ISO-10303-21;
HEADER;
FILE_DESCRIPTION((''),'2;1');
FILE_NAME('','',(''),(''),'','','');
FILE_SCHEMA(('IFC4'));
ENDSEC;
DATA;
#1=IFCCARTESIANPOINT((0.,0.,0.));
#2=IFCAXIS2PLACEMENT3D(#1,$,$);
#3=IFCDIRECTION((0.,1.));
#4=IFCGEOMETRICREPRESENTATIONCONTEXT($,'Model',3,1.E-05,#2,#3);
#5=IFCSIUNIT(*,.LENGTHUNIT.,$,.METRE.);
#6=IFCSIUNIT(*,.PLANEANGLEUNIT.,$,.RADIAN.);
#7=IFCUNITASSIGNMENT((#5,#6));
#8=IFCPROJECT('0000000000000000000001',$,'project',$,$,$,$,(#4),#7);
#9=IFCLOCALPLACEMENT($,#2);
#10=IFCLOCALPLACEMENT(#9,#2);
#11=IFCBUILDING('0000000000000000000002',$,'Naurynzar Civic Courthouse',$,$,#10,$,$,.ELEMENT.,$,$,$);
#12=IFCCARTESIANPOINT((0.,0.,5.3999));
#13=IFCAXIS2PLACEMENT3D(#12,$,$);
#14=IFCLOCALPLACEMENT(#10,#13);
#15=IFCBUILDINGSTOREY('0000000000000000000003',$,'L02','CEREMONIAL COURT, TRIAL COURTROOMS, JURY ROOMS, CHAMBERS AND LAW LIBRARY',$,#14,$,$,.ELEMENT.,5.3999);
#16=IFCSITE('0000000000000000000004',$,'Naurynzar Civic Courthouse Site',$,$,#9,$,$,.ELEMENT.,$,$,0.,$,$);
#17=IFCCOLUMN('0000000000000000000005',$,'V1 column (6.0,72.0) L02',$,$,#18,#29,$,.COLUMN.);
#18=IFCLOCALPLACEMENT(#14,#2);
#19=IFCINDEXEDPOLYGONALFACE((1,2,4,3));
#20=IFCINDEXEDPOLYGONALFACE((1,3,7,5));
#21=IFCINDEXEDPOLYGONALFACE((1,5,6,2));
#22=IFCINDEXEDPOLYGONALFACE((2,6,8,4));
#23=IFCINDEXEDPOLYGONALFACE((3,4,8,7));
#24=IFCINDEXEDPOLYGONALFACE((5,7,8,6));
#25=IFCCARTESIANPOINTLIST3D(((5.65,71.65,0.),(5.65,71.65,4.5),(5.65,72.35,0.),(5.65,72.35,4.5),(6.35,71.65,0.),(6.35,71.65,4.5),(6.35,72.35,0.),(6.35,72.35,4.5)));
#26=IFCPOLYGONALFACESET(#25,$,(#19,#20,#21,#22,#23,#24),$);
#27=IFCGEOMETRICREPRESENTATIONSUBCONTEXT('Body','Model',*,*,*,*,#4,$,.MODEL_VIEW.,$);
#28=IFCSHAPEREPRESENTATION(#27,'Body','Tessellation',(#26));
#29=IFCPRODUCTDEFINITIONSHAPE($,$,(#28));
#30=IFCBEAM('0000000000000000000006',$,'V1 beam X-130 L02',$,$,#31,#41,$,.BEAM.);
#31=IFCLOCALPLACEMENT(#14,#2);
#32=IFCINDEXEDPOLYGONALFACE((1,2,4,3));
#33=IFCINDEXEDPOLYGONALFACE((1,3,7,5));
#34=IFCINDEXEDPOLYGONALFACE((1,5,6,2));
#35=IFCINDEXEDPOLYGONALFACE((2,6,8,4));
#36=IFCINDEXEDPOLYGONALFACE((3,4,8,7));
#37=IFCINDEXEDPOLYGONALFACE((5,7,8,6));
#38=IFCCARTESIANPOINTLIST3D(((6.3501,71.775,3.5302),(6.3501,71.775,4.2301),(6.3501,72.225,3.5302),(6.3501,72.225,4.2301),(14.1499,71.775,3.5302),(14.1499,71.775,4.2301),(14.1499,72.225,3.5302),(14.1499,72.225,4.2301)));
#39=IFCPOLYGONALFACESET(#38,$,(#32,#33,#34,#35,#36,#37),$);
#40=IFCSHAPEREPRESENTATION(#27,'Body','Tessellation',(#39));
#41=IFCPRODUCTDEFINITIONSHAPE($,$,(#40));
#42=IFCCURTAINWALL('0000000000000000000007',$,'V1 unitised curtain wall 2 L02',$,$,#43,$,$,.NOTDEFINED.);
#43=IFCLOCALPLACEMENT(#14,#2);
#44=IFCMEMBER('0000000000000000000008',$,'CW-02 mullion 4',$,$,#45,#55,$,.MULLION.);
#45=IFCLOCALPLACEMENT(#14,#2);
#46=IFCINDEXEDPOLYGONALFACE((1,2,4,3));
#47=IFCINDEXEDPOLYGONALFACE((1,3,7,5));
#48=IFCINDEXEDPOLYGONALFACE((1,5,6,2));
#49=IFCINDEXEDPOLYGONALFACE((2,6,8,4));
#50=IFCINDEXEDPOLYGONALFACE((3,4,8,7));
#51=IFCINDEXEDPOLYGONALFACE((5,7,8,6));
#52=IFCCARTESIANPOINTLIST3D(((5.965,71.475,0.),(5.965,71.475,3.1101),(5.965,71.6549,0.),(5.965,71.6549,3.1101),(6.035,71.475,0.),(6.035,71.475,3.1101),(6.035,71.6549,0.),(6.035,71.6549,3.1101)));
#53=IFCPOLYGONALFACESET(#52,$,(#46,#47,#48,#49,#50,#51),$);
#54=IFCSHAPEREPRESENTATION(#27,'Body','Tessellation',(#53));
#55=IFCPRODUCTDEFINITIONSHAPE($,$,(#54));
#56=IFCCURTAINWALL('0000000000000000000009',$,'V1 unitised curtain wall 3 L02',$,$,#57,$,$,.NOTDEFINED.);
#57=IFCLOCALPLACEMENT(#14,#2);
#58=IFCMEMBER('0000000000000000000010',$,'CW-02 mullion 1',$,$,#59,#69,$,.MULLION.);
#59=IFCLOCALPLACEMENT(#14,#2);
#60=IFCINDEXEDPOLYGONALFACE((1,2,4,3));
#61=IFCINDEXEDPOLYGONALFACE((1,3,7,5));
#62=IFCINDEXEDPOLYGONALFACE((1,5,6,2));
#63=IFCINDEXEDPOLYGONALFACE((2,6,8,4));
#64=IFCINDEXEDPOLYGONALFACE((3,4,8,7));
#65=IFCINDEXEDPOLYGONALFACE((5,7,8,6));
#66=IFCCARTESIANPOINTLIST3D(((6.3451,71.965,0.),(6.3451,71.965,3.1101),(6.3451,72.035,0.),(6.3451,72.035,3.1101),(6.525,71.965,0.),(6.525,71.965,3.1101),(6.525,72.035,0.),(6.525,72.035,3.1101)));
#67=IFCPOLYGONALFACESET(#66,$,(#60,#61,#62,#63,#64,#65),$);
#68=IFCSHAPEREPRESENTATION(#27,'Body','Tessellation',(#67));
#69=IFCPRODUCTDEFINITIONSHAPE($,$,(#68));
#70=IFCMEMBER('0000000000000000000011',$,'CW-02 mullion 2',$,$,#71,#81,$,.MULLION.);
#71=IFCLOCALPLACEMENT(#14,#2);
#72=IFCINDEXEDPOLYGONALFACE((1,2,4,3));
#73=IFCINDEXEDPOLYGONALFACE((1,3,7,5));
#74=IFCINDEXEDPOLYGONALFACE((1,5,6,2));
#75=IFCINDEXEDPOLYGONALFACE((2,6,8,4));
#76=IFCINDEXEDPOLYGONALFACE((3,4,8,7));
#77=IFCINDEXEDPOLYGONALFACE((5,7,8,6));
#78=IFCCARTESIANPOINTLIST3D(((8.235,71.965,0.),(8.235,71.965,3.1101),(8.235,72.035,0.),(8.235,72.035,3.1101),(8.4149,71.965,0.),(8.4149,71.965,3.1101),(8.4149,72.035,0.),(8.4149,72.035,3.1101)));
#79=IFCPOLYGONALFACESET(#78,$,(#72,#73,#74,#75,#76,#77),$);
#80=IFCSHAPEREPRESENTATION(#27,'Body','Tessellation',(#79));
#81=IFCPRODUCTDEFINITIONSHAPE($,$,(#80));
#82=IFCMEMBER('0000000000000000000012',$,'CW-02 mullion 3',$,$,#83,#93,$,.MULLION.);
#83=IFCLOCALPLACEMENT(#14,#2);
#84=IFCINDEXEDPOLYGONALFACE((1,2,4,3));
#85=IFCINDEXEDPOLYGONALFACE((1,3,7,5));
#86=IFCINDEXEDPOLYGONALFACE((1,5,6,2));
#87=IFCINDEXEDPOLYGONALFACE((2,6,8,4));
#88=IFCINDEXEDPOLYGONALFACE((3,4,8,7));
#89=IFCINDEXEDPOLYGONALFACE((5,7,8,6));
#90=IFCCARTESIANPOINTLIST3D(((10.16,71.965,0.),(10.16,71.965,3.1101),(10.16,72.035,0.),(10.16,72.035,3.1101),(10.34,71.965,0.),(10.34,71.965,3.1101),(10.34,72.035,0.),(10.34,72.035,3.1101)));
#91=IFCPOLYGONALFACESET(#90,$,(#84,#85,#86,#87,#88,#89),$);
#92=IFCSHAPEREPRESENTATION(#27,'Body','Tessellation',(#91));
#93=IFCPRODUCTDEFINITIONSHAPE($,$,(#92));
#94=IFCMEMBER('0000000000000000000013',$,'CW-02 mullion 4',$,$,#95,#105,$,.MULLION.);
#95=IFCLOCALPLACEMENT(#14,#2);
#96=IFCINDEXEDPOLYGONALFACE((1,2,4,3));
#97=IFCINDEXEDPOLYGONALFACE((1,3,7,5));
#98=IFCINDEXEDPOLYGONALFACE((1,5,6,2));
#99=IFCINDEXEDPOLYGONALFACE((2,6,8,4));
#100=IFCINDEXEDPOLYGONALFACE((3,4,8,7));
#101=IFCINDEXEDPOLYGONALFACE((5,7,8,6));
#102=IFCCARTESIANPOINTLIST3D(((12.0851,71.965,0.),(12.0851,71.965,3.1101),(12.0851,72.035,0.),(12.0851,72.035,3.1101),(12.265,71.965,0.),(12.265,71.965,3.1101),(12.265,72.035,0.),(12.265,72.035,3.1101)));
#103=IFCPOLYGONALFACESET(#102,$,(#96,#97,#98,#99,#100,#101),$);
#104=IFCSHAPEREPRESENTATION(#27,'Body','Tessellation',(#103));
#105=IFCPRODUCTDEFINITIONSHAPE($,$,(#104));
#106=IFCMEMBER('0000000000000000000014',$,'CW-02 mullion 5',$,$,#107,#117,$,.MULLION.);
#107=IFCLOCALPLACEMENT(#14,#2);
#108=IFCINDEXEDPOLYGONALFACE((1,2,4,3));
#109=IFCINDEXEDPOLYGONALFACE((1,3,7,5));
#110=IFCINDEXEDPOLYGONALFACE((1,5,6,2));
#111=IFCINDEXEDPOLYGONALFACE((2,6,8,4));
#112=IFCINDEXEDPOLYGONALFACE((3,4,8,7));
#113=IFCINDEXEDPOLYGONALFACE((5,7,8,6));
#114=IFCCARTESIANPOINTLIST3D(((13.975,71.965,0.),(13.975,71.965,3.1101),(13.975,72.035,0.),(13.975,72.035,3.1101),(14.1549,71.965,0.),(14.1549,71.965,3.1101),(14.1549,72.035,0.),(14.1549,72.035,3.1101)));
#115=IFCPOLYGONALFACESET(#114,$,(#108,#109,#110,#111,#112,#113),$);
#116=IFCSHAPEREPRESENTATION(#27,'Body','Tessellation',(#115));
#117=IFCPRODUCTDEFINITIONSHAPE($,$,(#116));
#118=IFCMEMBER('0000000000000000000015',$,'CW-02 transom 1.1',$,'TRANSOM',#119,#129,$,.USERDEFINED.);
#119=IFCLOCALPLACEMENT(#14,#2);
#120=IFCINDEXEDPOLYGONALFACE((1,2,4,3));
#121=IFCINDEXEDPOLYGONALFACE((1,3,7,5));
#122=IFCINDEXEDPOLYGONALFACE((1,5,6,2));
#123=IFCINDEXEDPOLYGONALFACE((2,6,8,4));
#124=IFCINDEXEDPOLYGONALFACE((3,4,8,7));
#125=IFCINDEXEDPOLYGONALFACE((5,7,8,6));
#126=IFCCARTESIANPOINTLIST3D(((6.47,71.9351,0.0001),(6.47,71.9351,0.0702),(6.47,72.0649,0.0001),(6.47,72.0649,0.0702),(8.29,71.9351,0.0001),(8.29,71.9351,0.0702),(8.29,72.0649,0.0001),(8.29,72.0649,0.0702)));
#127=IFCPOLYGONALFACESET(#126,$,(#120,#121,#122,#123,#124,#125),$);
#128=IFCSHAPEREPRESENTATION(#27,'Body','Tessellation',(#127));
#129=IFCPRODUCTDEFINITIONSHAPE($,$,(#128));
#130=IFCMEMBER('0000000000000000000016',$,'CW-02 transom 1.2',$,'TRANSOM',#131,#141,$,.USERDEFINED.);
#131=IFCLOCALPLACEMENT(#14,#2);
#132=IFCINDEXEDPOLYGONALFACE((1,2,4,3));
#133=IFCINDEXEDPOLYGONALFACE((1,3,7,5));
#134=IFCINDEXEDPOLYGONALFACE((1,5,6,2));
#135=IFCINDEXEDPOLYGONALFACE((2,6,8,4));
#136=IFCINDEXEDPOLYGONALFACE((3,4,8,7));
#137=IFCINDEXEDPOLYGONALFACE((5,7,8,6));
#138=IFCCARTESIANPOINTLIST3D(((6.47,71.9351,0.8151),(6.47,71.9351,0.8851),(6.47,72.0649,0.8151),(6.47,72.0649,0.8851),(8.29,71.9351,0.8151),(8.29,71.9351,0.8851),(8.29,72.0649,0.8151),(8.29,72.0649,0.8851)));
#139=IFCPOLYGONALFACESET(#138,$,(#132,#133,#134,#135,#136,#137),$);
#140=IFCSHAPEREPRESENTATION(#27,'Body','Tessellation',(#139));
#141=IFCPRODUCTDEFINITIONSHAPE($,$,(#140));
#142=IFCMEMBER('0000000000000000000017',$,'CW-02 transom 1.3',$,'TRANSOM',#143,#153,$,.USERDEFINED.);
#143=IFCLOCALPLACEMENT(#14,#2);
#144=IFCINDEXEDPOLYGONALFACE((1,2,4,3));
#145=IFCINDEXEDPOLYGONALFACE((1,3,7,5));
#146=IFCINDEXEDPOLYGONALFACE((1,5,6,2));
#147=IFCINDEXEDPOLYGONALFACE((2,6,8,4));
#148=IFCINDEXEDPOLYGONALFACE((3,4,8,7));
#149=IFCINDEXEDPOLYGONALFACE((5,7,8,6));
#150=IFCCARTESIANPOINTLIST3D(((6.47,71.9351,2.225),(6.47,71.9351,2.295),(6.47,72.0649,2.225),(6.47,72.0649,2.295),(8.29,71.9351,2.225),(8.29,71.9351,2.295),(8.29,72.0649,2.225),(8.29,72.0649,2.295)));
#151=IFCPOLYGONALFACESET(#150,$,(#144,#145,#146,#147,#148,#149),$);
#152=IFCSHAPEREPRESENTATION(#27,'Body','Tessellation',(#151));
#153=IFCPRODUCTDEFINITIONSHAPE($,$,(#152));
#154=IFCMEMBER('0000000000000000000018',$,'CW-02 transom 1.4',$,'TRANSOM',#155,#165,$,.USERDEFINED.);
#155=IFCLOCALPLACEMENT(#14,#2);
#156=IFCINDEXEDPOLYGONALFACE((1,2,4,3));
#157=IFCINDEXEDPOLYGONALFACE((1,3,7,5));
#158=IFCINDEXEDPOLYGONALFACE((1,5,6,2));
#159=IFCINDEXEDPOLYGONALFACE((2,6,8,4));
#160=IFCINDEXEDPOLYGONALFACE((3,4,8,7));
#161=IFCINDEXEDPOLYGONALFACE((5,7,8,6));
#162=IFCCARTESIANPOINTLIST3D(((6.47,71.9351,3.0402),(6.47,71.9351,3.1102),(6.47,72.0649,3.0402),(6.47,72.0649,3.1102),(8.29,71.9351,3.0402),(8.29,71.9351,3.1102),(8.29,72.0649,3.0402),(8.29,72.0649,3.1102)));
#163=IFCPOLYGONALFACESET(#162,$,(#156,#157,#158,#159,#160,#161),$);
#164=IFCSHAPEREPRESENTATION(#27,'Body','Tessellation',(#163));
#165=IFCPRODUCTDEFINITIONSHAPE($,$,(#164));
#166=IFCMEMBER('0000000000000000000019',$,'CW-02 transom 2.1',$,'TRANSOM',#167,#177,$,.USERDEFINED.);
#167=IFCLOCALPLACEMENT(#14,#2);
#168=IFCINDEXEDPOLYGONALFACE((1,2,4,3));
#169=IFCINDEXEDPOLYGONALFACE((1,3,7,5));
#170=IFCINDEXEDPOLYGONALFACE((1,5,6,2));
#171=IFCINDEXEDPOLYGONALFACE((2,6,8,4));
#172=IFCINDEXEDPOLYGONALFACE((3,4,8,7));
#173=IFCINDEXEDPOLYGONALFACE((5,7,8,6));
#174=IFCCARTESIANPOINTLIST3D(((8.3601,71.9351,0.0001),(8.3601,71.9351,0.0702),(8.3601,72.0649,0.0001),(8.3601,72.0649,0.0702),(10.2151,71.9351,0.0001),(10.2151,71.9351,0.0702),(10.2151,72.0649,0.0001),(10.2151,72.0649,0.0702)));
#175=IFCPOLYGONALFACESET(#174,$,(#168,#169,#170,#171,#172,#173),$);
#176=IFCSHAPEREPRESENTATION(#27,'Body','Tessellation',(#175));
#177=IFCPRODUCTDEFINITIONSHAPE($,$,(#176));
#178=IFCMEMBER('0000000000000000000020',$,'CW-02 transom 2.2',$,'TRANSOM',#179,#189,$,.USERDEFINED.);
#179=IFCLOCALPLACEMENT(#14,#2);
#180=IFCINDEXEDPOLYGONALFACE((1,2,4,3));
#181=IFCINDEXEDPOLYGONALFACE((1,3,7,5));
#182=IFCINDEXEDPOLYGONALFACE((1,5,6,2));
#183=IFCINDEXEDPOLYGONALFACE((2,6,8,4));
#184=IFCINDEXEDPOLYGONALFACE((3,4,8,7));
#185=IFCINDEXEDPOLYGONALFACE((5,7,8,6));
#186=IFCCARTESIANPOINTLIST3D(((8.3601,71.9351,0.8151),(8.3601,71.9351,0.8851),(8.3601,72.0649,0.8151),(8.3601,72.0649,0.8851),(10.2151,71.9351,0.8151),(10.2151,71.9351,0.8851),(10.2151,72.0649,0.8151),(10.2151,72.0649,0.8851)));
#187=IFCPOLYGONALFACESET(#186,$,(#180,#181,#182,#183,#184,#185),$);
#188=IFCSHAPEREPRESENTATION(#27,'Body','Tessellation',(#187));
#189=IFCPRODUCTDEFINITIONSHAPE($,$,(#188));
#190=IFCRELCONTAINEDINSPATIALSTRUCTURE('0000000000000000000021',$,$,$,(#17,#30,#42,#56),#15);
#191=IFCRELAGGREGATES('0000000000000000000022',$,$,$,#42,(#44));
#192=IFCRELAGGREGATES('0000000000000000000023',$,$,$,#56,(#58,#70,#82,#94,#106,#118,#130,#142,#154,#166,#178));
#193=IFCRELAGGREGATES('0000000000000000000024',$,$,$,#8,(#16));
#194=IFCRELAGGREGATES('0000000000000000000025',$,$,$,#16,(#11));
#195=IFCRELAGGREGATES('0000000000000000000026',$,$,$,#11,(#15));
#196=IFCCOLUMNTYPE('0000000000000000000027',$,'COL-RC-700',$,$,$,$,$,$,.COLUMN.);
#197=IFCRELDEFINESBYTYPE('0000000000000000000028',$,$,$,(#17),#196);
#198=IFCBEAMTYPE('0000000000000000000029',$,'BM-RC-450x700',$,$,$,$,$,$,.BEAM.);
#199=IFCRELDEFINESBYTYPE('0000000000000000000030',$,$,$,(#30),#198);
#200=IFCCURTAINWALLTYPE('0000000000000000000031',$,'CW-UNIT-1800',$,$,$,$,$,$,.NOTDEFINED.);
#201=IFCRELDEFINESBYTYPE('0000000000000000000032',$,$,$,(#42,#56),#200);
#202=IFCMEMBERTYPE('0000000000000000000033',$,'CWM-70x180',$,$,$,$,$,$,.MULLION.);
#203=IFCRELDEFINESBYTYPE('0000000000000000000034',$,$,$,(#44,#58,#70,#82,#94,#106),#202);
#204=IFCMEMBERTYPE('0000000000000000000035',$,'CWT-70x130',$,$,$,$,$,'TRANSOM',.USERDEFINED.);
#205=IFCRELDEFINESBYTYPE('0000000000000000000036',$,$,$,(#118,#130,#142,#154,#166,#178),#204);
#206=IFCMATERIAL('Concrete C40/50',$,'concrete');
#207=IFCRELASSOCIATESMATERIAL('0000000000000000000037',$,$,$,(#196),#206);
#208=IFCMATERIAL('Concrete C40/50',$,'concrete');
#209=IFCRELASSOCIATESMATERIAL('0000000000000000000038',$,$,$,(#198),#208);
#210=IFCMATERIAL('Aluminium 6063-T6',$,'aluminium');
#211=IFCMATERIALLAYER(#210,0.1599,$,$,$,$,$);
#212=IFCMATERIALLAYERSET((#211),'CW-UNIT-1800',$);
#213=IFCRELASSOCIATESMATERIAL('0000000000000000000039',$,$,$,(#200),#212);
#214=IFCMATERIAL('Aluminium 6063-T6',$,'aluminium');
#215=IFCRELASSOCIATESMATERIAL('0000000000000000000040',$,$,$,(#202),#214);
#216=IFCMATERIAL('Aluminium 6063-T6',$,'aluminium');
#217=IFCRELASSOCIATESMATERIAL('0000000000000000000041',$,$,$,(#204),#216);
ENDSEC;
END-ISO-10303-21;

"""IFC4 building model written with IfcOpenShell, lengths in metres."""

from ifc_helpers import new_model, si_unit, direction, frame, origin, origin_2d, place, context, subcontext, project, spatial, rectangle, extrude, material, layer, layer_set, material_profile, profile_set, type_object, element, aggregate, save


model = new_model("IFC4")

# Units and contexts
model_context = context("Model", 3, precision=1e-05, world=origin(), true_north=direction((0.0, 1.0)))
body_context = subcontext(model_context, "Body", "Model", "MODEL_VIEW")
ifc_project = project(units=[si_unit("LENGTHUNIT", "METRE"), si_unit("PLANEANGLEUNIT", "RADIAN")], contexts=[model_context])

# Site, building, storey
site_placement = place(None, origin())
site = spatial("IfcSite", under=ifc_project, at=site_placement, Name="Naurynzar Civic Courthouse Site", CompositionType="ELEMENT", RefElevation=0.0)
building_placement = place(site_placement, origin())
building = spatial("IfcBuilding", under=site, at=building_placement, Name="Naurynzar Civic Courthouse", CompositionType="ELEMENT")
storey_placement = place(building_placement, frame((0.0, 0.0, 5.3999)))
storey = spatial("IfcBuildingStorey", under=building, at=storey_placement, Name="L02", Description="CEREMONIAL COURT, TRIAL COURTROOMS, JURY ROOMS, CHAMBERS AND LAW LIBRARY", CompositionType="ELEMENT", Elevation=5.3999)

# Column
ifc_material_1 = material(Name="Concrete C40/50", Category="concrete")
ifc_material_profile_1 = material_profile(ifc_material_1, rectangle(XDim=0.7, YDim=0.7, at=origin_2d()), Name="RC 700x700")
ifc_profile_set_1 = profile_set([ifc_material_profile_1], Name="Concrete C40/50")
column_type = type_object("IfcColumnType", Name="COL-RC-700", PredefinedType="COLUMN", material=ifc_profile_set_1)
column_placement = place(storey_placement, frame((6.0, 72.0, 0.0), z_axis=(0.0, 0.0, 1.0), x_axis=(1.0, 0.0, 0.0)))
element("IfcColumn", 1, at=column_placement, inside=storey, type_object=column_type, Name="V1 column (6.0,72.0) L02", PredefinedType="COLUMN", context=body_context, shape_type="SweptSolid", body=[
    extrude(rectangle(XDim=0.7, YDim=0.7, at=origin_2d()), origin(), (0.0, 0.0, 1.0), 4.5),
])

# Beam
ifc_material_2 = material(Name="Concrete C40/50", Category="concrete")
ifc_material_profile_2 = material_profile(ifc_material_2, rectangle(XDim=0.45, YDim=0.7, at=origin_2d()), Name="RCB 450x700")
ifc_profile_set_2 = profile_set([ifc_material_profile_2], Name="Concrete C40/50")
beam_type = type_object("IfcBeamType", Name="BM-RC-450x700", PredefinedType="BEAM", material=ifc_profile_set_2)
beam_placement = place(storey_placement, frame((6.3501, 72.0, 3.8801), z_axis=(1.0, 0.0, 0.0), x_axis=(0.0, 1.0, 0.0)))
element("IfcBeam", 2, at=beam_placement, inside=storey, type_object=beam_type, Name="V1 beam X-130 L02", PredefinedType="BEAM", context=body_context, shape_type="SweptSolid", body=[
    extrude(rectangle(XDim=0.45, YDim=0.7, at=origin_2d()), origin(), (0.0, 0.0, 1.0), 7.7998),
])

# Curtain wall, member
ifc_material_3 = material(Name="Aluminium 6063-T6", Category="aluminium")
ifc_layer_1 = layer(ifc_material_3, 0.1599)
ifc_layer_set_1 = layer_set([ifc_layer_1], Name="CW-UNIT-1800")
curtain_wall_type = type_object("IfcCurtainWallType", Name="CW-UNIT-1800", PredefinedType="NOTDEFINED", material=ifc_layer_set_1)
curtain_wall_1_placement = place(storey_placement, origin())
curtain_wall_1 = element("IfcCurtainWall", 3, at=curtain_wall_1_placement, inside=storey, type_object=curtain_wall_type, Name="V1 unitised curtain wall 2 L02", PredefinedType="NOTDEFINED")
ifc_material_4 = material(Name="Aluminium 6063-T6", Category="aluminium")
ifc_material_profile_3 = material_profile(ifc_material_4, rectangle(XDim=0.0701, YDim=0.1799, at=origin_2d()), Name="ALU MULLION 70x180")
ifc_profile_set_3 = profile_set([ifc_material_profile_3], Name="Aluminium 6063-T6")
member_type_1 = type_object("IfcMemberType", Name="CWM-70x180", PredefinedType="MULLION", material=ifc_profile_set_3)
member_1_placement = place(storey_placement, frame((6.0, 71.5649, 0.0), z_axis=(0.0, 0.0, 1.0), x_axis=(-1.0, 0.0, 0.0)))
member_1 = element("IfcMember", 4, at=member_1_placement, type_object=member_type_1, Name="CW-02 mullion 4", PredefinedType="MULLION", context=body_context, shape_type="SweptSolid", body=[
    extrude(rectangle(XDim=0.0701, YDim=0.1799, at=origin_2d()), origin(), (0.0, 0.0, 1.0), 3.1101),
])
aggregate(curtain_wall_1, [member_1])

# Curtain wall, members
curtain_wall_2_placement = place(storey_placement, origin())
curtain_wall_2 = element("IfcCurtainWall", 5, at=curtain_wall_2_placement, inside=storey, type_object=curtain_wall_type, Name="V1 unitised curtain wall 3 L02", PredefinedType="NOTDEFINED")
member_2_placement = place(storey_placement, frame((6.4351, 72.0, 0.0), z_axis=(0.0, 0.0, 1.0), x_axis=(0.0, 1.0, 0.0)))
member_2 = element("IfcMember", 6, at=member_2_placement, type_object=member_type_1, Name="CW-02 mullion 1", PredefinedType="MULLION", context=body_context, shape_type="SweptSolid", body=[
    extrude(rectangle(XDim=0.0701, YDim=0.1799, at=origin_2d()), origin(), (0.0, 0.0, 1.0), 3.1101),
])
member_3_placement = place(storey_placement, frame((8.325, 72.0, 0.0), z_axis=(0.0, 0.0, 1.0), x_axis=(0.0, 1.0, 0.0)))
member_3 = element("IfcMember", 7, at=member_3_placement, type_object=member_type_1, Name="CW-02 mullion 2", PredefinedType="MULLION", context=body_context, shape_type="SweptSolid", body=[
    extrude(rectangle(XDim=0.0701, YDim=0.1799, at=origin_2d()), origin(), (0.0, 0.0, 1.0), 3.1101),
])
member_4_placement = place(storey_placement, frame((10.25, 72.0, 0.0), z_axis=(0.0, 0.0, 1.0), x_axis=(0.0, 1.0, 0.0)))
member_4 = element("IfcMember", 8, at=member_4_placement, type_object=member_type_1, Name="CW-02 mullion 3", PredefinedType="MULLION", context=body_context, shape_type="SweptSolid", body=[
    extrude(rectangle(XDim=0.0701, YDim=0.1799, at=origin_2d()), origin(), (0.0, 0.0, 1.0), 3.1101),
])
member_5_placement = place(storey_placement, frame((12.175, 72.0, 0.0), z_axis=(0.0, 0.0, 1.0), x_axis=(0.0, 1.0, 0.0)))
member_5 = element("IfcMember", 9, at=member_5_placement, type_object=member_type_1, Name="CW-02 mullion 4", PredefinedType="MULLION", context=body_context, shape_type="SweptSolid", body=[
    extrude(rectangle(XDim=0.0701, YDim=0.1799, at=origin_2d()), origin(), (0.0, 0.0, 1.0), 3.1101),
])
member_6_placement = place(storey_placement, frame((14.0649, 72.0, 0.0), z_axis=(0.0, 0.0, 1.0), x_axis=(0.0, 1.0, 0.0)))
member_6 = element("IfcMember", 10, at=member_6_placement, type_object=member_type_1, Name="CW-02 mullion 5", PredefinedType="MULLION", context=body_context, shape_type="SweptSolid", body=[
    extrude(rectangle(XDim=0.0701, YDim=0.1799, at=origin_2d()), origin(), (0.0, 0.0, 1.0), 3.1101),
])
ifc_material_5 = material(Name="Aluminium 6063-T6", Category="aluminium")
ifc_material_profile_4 = material_profile(ifc_material_5, rectangle(XDim=0.1299, YDim=0.0701, at=origin_2d()), Name="ALU TRANSOM 70x130")
ifc_profile_set_4 = profile_set([ifc_material_profile_4], Name="Aluminium 6063-T6")
member_type_2 = type_object("IfcMemberType", Name="CWT-70x130", ElementType="TRANSOM", PredefinedType="USERDEFINED", material=ifc_profile_set_4)
member_7_placement = place(storey_placement, frame((6.47, 72.0, 0.0352), z_axis=(1.0, 0.0, 0.0), x_axis=(0.0, 1.0, 0.0)))
member_7 = element("IfcMember", 11, at=member_7_placement, type_object=member_type_2, Name="CW-02 transom 1.1", ObjectType="TRANSOM", PredefinedType="USERDEFINED", context=body_context, shape_type="SweptSolid", body=[
    extrude(rectangle(XDim=0.1299, YDim=0.0701, at=origin_2d()), origin(), (0.0, 0.0, 1.0), 1.8201),
])
member_8_placement = place(storey_placement, frame((6.47, 72.0, 0.8501), z_axis=(1.0, 0.0, 0.0), x_axis=(0.0, 1.0, 0.0)))
member_8 = element("IfcMember", 12, at=member_8_placement, type_object=member_type_2, Name="CW-02 transom 1.2", ObjectType="TRANSOM", PredefinedType="USERDEFINED", context=body_context, shape_type="SweptSolid", body=[
    extrude(rectangle(XDim=0.1299, YDim=0.0701, at=origin_2d()), origin(), (0.0, 0.0, 1.0), 1.8201),
])
member_9_placement = place(storey_placement, frame((6.47, 72.0, 2.26), z_axis=(1.0, 0.0, 0.0), x_axis=(0.0, 1.0, 0.0)))
member_9 = element("IfcMember", 13, at=member_9_placement, type_object=member_type_2, Name="CW-02 transom 1.3", ObjectType="TRANSOM", PredefinedType="USERDEFINED", context=body_context, shape_type="SweptSolid", body=[
    extrude(rectangle(XDim=0.1299, YDim=0.0701, at=origin_2d()), origin(), (0.0, 0.0, 1.0), 1.8201),
])
member_10_placement = place(storey_placement, frame((6.47, 72.0, 3.0752), z_axis=(1.0, 0.0, 0.0), x_axis=(0.0, 1.0, 0.0)))
member_10 = element("IfcMember", 14, at=member_10_placement, type_object=member_type_2, Name="CW-02 transom 1.4", ObjectType="TRANSOM", PredefinedType="USERDEFINED", context=body_context, shape_type="SweptSolid", body=[
    extrude(rectangle(XDim=0.1299, YDim=0.0701, at=origin_2d()), origin(), (0.0, 0.0, 1.0), 1.8201),
])
member_11_placement = place(storey_placement, frame((8.3601, 72.0, 0.0352), z_axis=(1.0, 0.0, 0.0), x_axis=(0.0, 1.0, 0.0)))
member_11 = element("IfcMember", 15, at=member_11_placement, type_object=member_type_2, Name="CW-02 transom 2.1", ObjectType="TRANSOM", PredefinedType="USERDEFINED", context=body_context, shape_type="SweptSolid", body=[
    extrude(rectangle(XDim=0.1299, YDim=0.0701, at=origin_2d()), origin(), (0.0, 0.0, 1.0), 1.855),
])
member_12_placement = place(storey_placement, frame((8.3601, 72.0, 0.8501), z_axis=(1.0, 0.0, 0.0), x_axis=(0.0, 1.0, 0.0)))
member_12 = element("IfcMember", 16, at=member_12_placement, type_object=member_type_2, Name="CW-02 transom 2.2", ObjectType="TRANSOM", PredefinedType="USERDEFINED", context=body_context, shape_type="SweptSolid", body=[
    extrude(rectangle(XDim=0.1299, YDim=0.0701, at=origin_2d()), origin(), (0.0, 0.0, 1.0), 1.855),
])
aggregate(curtain_wall_2, [member_2, member_3, member_4, member_5, member_6, member_7, member_8, member_9, member_10, member_11, member_12])

save(model, "model.ifc")
